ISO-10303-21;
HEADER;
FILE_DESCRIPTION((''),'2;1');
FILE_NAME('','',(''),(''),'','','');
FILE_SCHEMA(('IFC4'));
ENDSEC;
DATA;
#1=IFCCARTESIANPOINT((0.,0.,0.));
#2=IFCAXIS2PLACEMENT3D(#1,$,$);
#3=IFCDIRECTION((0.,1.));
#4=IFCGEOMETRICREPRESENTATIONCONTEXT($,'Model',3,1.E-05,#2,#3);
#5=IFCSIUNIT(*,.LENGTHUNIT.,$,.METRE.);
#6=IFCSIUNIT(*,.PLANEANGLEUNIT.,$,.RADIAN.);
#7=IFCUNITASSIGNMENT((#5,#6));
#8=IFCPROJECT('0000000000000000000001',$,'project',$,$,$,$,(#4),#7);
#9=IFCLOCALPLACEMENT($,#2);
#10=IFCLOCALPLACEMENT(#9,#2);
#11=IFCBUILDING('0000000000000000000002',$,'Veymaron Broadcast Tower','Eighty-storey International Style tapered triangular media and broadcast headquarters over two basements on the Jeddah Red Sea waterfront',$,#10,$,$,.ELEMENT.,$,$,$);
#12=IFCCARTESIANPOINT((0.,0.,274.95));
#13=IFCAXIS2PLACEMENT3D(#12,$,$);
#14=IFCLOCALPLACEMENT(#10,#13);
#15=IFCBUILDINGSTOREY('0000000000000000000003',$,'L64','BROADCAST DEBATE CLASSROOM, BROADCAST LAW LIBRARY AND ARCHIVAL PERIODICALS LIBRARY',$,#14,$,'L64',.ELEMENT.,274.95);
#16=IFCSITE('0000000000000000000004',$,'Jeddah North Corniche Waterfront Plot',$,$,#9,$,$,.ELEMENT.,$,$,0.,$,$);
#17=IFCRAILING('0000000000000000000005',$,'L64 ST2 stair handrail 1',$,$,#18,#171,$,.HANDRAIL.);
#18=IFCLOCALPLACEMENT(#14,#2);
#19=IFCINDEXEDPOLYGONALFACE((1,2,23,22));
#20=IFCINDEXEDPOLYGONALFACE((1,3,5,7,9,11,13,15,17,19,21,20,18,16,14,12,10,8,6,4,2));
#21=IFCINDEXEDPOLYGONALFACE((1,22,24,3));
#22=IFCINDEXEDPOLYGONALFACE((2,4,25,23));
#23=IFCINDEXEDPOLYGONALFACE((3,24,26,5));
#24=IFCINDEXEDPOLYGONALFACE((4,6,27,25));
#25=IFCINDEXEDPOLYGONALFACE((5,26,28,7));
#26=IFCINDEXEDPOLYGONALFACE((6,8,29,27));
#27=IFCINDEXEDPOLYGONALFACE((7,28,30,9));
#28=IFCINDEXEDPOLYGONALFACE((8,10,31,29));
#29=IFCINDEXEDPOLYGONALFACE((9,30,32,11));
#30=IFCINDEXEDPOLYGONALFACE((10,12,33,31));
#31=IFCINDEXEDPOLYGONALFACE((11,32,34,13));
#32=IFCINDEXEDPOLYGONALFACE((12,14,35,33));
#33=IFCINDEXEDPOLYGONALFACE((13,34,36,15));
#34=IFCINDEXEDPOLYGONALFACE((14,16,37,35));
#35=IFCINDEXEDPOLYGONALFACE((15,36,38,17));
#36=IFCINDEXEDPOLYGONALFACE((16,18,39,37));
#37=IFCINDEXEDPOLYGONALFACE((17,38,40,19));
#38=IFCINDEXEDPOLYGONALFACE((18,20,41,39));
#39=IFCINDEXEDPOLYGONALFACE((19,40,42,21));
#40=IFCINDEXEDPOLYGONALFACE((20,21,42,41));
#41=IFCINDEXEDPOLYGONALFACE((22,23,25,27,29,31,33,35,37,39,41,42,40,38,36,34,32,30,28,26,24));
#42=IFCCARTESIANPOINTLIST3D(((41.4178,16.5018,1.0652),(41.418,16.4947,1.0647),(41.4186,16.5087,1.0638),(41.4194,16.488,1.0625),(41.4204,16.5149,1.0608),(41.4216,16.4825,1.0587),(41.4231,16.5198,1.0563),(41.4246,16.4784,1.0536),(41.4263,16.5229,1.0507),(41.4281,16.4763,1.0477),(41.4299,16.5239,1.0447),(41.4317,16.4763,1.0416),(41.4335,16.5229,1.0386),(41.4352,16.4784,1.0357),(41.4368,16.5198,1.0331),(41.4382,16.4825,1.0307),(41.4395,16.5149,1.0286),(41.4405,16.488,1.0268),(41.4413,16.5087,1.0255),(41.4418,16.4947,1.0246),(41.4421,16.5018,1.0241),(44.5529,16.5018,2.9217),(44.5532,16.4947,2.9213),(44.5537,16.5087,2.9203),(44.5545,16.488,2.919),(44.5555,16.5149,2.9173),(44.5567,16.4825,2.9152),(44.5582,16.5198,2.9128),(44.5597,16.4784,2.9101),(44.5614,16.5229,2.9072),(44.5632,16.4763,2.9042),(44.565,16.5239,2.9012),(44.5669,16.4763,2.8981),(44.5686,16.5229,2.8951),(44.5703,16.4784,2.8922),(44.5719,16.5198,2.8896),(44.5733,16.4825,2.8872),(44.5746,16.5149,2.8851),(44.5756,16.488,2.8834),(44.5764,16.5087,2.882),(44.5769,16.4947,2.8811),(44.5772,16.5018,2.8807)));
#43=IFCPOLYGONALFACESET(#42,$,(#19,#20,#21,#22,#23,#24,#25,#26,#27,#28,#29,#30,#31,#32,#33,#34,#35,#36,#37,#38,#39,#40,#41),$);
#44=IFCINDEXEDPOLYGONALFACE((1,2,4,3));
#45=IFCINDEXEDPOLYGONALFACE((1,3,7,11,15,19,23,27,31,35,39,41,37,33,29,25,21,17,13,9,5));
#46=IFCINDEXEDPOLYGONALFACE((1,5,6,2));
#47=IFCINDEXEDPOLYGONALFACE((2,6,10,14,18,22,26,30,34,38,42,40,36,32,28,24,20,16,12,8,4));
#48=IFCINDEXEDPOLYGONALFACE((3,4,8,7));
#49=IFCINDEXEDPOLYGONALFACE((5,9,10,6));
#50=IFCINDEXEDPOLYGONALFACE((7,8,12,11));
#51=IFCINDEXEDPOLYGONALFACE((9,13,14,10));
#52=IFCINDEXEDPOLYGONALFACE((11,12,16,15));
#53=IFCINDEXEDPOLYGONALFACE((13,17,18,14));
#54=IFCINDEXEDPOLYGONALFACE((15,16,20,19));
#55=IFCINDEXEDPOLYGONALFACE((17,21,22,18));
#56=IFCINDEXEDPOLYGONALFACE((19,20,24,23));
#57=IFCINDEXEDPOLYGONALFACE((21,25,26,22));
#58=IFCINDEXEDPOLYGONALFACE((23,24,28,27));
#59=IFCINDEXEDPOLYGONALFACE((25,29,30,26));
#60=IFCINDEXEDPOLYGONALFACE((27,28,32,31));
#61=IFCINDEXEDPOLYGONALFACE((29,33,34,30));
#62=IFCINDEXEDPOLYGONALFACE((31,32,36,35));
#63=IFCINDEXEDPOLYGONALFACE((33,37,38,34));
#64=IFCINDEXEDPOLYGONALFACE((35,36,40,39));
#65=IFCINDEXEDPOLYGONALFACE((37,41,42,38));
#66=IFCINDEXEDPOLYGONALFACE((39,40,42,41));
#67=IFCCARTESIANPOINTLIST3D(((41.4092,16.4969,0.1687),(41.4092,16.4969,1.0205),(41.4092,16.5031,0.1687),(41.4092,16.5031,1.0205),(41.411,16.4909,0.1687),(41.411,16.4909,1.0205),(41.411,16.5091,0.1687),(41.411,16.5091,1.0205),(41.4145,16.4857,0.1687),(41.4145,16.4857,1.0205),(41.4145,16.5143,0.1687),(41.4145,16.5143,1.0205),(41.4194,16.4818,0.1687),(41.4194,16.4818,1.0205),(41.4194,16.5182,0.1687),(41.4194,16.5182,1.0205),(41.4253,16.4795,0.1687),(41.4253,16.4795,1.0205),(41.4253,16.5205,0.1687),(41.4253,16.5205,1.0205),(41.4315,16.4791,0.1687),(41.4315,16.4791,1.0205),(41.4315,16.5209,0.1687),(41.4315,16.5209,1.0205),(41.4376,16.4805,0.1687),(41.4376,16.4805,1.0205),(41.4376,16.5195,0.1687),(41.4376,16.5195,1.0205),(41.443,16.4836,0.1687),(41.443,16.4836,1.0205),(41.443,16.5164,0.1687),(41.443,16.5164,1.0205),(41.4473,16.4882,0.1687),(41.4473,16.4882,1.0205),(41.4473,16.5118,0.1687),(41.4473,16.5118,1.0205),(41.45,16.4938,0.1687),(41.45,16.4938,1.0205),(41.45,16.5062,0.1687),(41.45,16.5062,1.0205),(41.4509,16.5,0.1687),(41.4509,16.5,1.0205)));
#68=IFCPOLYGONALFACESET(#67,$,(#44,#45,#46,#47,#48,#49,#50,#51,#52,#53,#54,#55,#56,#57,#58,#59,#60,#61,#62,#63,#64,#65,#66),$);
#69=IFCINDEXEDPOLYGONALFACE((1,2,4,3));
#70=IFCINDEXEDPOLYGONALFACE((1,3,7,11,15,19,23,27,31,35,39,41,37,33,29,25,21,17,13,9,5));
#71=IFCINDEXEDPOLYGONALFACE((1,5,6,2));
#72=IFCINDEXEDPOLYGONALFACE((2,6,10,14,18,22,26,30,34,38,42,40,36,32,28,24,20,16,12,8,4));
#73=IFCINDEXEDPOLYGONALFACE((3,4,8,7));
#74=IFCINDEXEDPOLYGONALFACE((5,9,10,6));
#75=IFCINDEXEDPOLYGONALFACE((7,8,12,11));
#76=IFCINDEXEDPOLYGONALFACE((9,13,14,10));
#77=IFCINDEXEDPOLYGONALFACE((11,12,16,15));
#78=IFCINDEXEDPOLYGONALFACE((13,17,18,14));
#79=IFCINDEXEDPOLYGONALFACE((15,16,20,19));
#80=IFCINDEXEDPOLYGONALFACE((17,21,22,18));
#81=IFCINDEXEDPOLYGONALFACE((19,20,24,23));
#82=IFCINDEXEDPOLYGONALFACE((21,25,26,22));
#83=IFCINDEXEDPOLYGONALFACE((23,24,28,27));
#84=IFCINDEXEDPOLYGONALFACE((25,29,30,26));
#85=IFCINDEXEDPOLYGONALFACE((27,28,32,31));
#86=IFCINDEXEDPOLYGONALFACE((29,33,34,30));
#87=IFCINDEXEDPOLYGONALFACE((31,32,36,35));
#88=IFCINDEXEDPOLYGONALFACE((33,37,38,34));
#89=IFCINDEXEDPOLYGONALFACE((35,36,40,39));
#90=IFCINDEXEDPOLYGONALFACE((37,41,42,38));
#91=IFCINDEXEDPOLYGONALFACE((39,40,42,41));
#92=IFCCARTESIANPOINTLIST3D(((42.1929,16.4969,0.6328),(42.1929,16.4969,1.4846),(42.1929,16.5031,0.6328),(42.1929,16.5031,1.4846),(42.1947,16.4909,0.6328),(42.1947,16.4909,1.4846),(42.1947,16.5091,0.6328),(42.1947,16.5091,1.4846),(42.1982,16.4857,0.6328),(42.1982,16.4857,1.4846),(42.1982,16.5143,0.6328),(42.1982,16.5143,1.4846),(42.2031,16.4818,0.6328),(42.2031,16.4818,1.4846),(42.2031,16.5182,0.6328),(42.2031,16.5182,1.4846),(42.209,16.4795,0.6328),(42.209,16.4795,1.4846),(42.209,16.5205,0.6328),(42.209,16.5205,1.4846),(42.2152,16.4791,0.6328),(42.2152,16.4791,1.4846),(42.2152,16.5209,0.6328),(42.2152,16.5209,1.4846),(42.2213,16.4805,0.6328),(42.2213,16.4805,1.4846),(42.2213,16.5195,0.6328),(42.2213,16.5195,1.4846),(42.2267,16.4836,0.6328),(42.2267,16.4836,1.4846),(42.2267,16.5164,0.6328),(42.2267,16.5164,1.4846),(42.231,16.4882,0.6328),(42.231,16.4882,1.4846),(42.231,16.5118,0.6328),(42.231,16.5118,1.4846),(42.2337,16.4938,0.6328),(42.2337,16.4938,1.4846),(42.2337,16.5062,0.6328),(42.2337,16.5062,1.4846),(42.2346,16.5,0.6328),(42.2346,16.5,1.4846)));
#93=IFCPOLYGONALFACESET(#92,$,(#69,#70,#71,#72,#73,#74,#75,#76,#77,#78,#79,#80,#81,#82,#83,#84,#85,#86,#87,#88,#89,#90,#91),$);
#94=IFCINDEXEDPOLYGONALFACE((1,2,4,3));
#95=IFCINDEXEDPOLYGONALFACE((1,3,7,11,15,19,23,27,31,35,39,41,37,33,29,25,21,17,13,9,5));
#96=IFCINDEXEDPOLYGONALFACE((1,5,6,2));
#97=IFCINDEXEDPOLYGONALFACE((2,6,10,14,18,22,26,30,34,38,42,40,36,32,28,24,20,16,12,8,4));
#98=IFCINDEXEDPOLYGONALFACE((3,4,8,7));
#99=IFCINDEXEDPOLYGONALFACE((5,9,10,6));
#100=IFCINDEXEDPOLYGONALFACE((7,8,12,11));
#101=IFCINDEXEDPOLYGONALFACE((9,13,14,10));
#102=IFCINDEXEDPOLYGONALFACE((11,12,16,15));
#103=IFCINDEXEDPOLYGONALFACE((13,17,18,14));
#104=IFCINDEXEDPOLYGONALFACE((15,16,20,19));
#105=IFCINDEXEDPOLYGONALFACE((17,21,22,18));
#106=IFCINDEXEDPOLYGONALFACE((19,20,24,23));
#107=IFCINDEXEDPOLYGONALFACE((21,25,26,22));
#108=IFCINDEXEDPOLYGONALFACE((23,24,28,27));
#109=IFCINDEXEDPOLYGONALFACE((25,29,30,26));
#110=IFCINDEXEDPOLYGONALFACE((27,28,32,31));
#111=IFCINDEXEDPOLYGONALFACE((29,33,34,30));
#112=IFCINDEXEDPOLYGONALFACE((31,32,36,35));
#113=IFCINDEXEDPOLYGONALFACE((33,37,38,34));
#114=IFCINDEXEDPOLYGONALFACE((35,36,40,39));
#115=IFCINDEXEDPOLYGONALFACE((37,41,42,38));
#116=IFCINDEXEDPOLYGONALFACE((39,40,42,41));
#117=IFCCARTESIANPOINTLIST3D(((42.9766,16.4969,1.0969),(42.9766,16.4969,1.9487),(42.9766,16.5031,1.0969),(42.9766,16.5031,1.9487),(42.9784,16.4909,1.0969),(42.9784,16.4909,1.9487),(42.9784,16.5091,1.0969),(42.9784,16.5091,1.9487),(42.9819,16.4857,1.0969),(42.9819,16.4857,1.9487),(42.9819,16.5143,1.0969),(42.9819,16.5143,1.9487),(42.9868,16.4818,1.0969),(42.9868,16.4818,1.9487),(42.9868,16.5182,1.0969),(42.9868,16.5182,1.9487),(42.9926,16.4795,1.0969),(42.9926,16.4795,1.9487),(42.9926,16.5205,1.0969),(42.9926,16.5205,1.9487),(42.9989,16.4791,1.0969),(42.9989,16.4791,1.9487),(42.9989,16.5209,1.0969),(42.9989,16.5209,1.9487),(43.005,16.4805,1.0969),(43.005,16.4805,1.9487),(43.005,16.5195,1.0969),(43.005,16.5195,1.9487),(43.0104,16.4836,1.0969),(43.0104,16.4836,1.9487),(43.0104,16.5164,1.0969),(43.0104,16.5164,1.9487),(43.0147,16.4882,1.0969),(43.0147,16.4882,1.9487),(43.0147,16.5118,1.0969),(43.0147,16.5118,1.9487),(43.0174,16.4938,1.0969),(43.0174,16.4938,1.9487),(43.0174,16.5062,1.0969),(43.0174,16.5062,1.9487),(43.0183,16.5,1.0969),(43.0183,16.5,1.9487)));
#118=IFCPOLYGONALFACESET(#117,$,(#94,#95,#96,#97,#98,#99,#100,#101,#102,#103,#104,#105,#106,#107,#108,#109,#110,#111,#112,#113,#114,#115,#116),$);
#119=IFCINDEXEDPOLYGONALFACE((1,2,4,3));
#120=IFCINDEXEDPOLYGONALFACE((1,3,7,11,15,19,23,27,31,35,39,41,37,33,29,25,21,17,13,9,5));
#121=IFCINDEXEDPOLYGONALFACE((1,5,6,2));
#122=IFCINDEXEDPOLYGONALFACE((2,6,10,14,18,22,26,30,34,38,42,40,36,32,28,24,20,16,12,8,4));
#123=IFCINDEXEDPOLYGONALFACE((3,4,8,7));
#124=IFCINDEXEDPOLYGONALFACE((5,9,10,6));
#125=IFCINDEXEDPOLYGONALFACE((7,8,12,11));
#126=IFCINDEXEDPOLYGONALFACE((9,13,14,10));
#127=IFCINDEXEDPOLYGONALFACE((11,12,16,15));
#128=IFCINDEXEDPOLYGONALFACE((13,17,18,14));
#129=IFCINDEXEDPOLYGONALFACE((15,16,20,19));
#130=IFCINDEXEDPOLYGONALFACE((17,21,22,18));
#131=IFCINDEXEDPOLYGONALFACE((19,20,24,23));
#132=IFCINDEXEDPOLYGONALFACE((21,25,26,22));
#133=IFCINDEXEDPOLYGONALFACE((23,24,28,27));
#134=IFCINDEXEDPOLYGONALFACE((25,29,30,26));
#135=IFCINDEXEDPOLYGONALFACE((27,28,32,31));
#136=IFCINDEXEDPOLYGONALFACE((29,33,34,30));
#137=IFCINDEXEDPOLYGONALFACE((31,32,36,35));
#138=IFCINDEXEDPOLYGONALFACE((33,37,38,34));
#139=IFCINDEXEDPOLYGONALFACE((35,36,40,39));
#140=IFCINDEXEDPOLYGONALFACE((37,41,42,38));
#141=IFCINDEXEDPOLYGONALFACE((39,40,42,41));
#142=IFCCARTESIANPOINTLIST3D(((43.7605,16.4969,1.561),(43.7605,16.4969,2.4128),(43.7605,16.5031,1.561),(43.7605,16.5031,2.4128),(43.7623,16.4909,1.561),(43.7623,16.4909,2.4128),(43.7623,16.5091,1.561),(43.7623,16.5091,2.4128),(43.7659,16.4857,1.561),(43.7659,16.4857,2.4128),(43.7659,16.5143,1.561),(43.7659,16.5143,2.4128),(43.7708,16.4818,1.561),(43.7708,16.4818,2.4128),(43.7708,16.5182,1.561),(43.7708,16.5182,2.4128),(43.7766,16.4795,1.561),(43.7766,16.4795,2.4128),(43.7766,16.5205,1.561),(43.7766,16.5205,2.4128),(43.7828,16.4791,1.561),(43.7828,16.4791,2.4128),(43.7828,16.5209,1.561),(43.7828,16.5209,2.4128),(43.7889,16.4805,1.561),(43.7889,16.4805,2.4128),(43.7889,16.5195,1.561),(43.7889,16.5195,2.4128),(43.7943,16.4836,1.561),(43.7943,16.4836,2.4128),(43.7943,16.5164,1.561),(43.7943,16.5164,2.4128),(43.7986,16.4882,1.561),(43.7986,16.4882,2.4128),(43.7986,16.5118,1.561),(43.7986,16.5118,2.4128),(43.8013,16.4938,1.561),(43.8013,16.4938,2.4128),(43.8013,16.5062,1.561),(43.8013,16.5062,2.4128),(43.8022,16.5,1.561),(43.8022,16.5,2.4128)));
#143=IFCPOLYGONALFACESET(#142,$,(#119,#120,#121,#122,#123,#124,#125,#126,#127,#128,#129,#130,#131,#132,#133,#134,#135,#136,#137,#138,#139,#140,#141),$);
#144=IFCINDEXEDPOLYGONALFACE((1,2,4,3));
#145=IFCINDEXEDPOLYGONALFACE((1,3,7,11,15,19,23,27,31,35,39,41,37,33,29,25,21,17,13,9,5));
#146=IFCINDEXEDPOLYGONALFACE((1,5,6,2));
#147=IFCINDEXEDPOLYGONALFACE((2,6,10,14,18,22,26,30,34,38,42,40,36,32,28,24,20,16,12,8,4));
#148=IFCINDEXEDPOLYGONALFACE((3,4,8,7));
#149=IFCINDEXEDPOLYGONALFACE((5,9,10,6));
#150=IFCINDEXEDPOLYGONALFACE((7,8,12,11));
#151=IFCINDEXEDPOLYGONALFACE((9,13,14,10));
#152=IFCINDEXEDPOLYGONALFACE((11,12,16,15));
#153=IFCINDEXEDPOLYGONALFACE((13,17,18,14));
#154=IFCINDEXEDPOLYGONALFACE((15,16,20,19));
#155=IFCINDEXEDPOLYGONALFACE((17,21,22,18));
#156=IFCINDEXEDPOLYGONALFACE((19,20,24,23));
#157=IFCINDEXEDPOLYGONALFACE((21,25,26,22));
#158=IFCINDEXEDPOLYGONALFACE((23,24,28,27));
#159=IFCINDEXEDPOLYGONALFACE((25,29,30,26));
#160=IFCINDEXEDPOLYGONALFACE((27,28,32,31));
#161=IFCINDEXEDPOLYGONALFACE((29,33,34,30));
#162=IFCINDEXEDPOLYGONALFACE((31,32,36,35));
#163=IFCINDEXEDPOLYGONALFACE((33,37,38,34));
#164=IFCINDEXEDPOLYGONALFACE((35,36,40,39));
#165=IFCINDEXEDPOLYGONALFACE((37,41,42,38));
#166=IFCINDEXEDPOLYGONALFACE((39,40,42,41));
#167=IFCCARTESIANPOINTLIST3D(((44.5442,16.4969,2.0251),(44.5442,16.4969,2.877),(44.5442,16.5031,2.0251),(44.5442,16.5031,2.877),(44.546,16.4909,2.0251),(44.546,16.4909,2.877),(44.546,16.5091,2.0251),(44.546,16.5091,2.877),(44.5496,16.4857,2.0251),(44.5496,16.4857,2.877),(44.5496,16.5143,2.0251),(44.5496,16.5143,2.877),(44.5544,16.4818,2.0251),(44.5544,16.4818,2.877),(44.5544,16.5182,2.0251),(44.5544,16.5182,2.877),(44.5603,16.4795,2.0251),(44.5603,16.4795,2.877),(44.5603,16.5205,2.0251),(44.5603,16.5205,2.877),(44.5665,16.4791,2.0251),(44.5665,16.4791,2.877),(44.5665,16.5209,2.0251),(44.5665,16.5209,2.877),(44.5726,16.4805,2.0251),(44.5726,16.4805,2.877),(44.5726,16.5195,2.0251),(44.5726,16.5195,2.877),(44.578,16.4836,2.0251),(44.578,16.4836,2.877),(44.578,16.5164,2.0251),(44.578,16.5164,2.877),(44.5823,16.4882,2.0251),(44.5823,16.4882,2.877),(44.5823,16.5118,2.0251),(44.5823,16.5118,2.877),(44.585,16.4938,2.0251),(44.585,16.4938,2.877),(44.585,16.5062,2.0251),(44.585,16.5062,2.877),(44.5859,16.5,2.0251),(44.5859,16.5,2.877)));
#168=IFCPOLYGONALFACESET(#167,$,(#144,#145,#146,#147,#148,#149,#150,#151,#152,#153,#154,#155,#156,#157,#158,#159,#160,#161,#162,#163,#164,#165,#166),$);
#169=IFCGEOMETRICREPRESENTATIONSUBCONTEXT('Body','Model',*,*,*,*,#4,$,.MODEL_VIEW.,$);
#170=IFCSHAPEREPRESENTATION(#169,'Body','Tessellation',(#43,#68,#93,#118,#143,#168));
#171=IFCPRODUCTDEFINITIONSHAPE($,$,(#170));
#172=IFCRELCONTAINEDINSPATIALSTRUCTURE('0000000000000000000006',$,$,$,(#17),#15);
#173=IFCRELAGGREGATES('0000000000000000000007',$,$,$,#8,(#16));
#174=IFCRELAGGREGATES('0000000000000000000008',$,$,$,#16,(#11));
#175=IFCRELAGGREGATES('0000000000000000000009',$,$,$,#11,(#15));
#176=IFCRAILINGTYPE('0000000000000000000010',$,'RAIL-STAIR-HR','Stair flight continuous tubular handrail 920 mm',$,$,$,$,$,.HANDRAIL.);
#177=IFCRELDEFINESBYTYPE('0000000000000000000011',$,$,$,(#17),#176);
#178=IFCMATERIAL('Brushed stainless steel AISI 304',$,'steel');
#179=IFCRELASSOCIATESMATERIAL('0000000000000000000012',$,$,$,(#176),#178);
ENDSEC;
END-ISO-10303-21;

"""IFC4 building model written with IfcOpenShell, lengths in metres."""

from ifc_helpers import new_model, si_unit, direction, frame, origin, origin_2d, place, context, subcontext, project, spatial, circle, extrude, material, type_object, element, save


model = new_model("IFC4")

# Units and contexts
model_context = context("Model", 3, precision=1e-05, world=origin(), true_north=direction((0.0, 1.0)))
body_context = subcontext(model_context, "Body", "Model", "MODEL_VIEW")
ifc_project = project(units=[si_unit("LENGTHUNIT", "METRE"), si_unit("PLANEANGLEUNIT", "RADIAN")], contexts=[model_context])

# Site, building, storey
site_placement = place(None, origin())
site = spatial("IfcSite", under=ifc_project, at=site_placement, Name="Jeddah North Corniche Waterfront Plot", CompositionType="ELEMENT", RefElevation=0.0)
building_placement = place(site_placement, origin())
building = spatial("IfcBuilding", under=site, at=building_placement, Name="Veymaron Broadcast Tower", Description="Eighty-storey International Style tapered triangular media and broadcast headquarters over two basements on the Jeddah Red Sea waterfront", CompositionType="ELEMENT")
storey_placement = place(building_placement, frame((0.0, 0.0, 274.95)))
storey = spatial("IfcBuildingStorey", under=building, at=storey_placement, Name="L64", Description="BROADCAST DEBATE CLASSROOM, BROADCAST LAW LIBRARY AND ARCHIVAL PERIODICALS LIBRARY", LongName="L64", CompositionType="ELEMENT", Elevation=274.95)

# Railing
ifc_material_1 = material(Name="Brushed stainless steel AISI 304", Category="steel")
railing_type_1 = type_object("IfcRailingType", Name="RAIL-STAIR-HR", Description="Stair flight continuous tubular handrail 920 mm", PredefinedType="HANDRAIL", material=ifc_material_1)
railing_1_placement = place(storey_placement, frame((41.4299, 16.5, 0.1687)))
element("IfcRailing", 1, at=railing_1_placement, inside=storey, type_object=railing_type_1, Name="L64 ST2 stair handrail 1", PredefinedType="HANDRAIL", context=body_context, shape_type="SweptSolid", body=[
    extrude(circle(Radius=0.0239, at=origin_2d()), frame((0.0, 0.0, 0.876), z_axis=(0.860453, 0.0, 0.509531), x_axis=(0.0, 1.0, 0.0)), (0.0, 0.0, 1.0), 3.6436),
    extrude(circle(Radius=0.021, at=origin_2d()), origin(), (0.0, 0.0, 1.0), 0.8518),
    extrude(circle(Radius=0.021, at=origin_2d()), frame((0.7837, 0.0, 0.4641)), (0.0, 0.0, 1.0), 0.8518),
    extrude(circle(Radius=0.021, at=origin_2d()), frame((1.5674, 0.0, 0.9282)), (0.0, 0.0, 1.0), 0.8518),
    extrude(circle(Radius=0.021, at=origin_2d()), frame((2.3513, 0.0, 1.3923)), (0.0, 0.0, 1.0), 0.8518),
    extrude(circle(Radius=0.021, at=origin_2d()), frame((3.135, 0.0, 1.8564)), (0.0, 0.0, 1.0), 0.8518),
])

save(model, "model.ifc")
